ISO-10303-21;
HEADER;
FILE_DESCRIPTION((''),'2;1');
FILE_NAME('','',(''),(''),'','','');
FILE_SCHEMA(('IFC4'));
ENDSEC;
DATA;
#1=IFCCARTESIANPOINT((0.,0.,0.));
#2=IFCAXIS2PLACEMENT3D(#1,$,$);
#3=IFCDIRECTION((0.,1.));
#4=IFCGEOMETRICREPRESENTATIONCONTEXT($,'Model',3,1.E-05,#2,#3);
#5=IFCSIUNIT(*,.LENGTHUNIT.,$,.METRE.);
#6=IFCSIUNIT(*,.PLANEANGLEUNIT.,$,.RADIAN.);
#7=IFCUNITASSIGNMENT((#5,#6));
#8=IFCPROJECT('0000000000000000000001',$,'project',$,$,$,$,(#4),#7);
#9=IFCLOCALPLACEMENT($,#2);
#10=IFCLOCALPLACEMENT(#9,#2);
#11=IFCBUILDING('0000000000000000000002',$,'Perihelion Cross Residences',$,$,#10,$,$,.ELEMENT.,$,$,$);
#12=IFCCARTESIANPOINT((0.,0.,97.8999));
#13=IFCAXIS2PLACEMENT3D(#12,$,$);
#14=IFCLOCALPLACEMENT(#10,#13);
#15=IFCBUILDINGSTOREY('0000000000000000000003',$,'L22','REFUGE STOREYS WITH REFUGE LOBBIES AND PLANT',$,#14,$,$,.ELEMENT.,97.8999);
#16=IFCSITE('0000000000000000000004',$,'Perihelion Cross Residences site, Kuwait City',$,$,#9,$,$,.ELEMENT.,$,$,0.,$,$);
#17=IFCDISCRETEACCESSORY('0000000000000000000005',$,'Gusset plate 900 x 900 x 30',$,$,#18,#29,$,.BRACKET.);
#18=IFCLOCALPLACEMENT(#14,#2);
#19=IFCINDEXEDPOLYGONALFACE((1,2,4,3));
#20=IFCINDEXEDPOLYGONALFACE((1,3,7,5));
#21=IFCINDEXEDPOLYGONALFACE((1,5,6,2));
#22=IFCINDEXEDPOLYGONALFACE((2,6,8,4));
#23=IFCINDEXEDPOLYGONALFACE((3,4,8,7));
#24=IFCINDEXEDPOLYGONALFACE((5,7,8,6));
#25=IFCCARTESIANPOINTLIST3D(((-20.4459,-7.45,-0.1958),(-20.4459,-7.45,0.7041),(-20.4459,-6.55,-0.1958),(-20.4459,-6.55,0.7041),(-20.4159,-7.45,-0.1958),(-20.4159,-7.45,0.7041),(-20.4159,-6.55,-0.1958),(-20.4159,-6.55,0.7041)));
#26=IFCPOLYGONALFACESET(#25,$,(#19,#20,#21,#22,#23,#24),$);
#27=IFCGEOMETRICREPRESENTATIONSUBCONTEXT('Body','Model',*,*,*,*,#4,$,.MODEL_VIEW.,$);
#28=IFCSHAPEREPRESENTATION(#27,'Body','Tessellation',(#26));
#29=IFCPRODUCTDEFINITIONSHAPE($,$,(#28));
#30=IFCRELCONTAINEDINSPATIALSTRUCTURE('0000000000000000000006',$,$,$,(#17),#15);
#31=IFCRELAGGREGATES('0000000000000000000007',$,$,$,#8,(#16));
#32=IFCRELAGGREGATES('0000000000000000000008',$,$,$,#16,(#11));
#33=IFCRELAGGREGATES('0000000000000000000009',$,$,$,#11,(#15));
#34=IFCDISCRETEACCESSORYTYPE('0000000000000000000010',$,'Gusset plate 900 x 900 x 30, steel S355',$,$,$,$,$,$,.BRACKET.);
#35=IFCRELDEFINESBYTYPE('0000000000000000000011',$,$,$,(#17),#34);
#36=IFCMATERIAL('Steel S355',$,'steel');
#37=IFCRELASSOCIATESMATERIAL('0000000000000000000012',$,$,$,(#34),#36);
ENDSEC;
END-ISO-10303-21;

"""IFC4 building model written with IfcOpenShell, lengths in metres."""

from ifc_helpers import new_model, si_unit, direction, frame, origin, origin_2d, place, context, subcontext, project, spatial, rectangle, extrude, material, type_object, element, save


model = new_model("IFC4")

# Units and contexts
model_context = context("Model", 3, precision=1e-05, world=origin(), true_north=direction((0.0, 1.0)))
body_context = subcontext(model_context, "Body", "Model", "MODEL_VIEW")
ifc_project = project(units=[si_unit("LENGTHUNIT", "METRE"), si_unit("PLANEANGLEUNIT", "RADIAN")], contexts=[model_context])

# Site, building, storey
site_placement = place(None, origin())
site = spatial("IfcSite", under=ifc_project, at=site_placement, Name="Perihelion Cross Residences site, Kuwait City", CompositionType="ELEMENT", RefElevation=0.0)
building_placement = place(site_placement, origin())
building = spatial("IfcBuilding", under=site, at=building_placement, Name="Perihelion Cross Residences", CompositionType="ELEMENT")
storey_placement = place(building_placement, frame((0.0, 0.0, 97.8999)))
storey = spatial("IfcBuildingStorey", under=building, at=storey_placement, Name="L22", Description="REFUGE STOREYS WITH REFUGE LOBBIES AND PLANT", CompositionType="ELEMENT", Elevation=97.8999)

# Discrete accessory
ifc_material_1 = material(Name="Steel S355", Category="steel")
discrete_accessory_type = type_object("IfcDiscreteAccessoryType", Name="Gusset plate 900 x 900 x 30, steel S355", PredefinedType="BRACKET", material=ifc_material_1)
for number, where, z_axis, x_axis, name in (
    (1, (-20.4309, -7.0, -0.1958), (0.0, 0.0, 1.0), (0.0, 1.0, 0.0), "Gusset plate 900 x 900 x 30"),
):
    element("IfcDiscreteAccessory", number, at=place(storey_placement, frame(where, z_axis=z_axis, x_axis=x_axis)), inside=storey, type_object=discrete_accessory_type, Name=name, PredefinedType="BRACKET", context=body_context, shape_type="SweptSolid", body=[
        extrude(rectangle(XDim=0.8999, YDim=0.03, at=origin_2d()), origin(), (0.0, 0.0, 1.0), 0.8999),
    ])

save(model, "model.ifc")
